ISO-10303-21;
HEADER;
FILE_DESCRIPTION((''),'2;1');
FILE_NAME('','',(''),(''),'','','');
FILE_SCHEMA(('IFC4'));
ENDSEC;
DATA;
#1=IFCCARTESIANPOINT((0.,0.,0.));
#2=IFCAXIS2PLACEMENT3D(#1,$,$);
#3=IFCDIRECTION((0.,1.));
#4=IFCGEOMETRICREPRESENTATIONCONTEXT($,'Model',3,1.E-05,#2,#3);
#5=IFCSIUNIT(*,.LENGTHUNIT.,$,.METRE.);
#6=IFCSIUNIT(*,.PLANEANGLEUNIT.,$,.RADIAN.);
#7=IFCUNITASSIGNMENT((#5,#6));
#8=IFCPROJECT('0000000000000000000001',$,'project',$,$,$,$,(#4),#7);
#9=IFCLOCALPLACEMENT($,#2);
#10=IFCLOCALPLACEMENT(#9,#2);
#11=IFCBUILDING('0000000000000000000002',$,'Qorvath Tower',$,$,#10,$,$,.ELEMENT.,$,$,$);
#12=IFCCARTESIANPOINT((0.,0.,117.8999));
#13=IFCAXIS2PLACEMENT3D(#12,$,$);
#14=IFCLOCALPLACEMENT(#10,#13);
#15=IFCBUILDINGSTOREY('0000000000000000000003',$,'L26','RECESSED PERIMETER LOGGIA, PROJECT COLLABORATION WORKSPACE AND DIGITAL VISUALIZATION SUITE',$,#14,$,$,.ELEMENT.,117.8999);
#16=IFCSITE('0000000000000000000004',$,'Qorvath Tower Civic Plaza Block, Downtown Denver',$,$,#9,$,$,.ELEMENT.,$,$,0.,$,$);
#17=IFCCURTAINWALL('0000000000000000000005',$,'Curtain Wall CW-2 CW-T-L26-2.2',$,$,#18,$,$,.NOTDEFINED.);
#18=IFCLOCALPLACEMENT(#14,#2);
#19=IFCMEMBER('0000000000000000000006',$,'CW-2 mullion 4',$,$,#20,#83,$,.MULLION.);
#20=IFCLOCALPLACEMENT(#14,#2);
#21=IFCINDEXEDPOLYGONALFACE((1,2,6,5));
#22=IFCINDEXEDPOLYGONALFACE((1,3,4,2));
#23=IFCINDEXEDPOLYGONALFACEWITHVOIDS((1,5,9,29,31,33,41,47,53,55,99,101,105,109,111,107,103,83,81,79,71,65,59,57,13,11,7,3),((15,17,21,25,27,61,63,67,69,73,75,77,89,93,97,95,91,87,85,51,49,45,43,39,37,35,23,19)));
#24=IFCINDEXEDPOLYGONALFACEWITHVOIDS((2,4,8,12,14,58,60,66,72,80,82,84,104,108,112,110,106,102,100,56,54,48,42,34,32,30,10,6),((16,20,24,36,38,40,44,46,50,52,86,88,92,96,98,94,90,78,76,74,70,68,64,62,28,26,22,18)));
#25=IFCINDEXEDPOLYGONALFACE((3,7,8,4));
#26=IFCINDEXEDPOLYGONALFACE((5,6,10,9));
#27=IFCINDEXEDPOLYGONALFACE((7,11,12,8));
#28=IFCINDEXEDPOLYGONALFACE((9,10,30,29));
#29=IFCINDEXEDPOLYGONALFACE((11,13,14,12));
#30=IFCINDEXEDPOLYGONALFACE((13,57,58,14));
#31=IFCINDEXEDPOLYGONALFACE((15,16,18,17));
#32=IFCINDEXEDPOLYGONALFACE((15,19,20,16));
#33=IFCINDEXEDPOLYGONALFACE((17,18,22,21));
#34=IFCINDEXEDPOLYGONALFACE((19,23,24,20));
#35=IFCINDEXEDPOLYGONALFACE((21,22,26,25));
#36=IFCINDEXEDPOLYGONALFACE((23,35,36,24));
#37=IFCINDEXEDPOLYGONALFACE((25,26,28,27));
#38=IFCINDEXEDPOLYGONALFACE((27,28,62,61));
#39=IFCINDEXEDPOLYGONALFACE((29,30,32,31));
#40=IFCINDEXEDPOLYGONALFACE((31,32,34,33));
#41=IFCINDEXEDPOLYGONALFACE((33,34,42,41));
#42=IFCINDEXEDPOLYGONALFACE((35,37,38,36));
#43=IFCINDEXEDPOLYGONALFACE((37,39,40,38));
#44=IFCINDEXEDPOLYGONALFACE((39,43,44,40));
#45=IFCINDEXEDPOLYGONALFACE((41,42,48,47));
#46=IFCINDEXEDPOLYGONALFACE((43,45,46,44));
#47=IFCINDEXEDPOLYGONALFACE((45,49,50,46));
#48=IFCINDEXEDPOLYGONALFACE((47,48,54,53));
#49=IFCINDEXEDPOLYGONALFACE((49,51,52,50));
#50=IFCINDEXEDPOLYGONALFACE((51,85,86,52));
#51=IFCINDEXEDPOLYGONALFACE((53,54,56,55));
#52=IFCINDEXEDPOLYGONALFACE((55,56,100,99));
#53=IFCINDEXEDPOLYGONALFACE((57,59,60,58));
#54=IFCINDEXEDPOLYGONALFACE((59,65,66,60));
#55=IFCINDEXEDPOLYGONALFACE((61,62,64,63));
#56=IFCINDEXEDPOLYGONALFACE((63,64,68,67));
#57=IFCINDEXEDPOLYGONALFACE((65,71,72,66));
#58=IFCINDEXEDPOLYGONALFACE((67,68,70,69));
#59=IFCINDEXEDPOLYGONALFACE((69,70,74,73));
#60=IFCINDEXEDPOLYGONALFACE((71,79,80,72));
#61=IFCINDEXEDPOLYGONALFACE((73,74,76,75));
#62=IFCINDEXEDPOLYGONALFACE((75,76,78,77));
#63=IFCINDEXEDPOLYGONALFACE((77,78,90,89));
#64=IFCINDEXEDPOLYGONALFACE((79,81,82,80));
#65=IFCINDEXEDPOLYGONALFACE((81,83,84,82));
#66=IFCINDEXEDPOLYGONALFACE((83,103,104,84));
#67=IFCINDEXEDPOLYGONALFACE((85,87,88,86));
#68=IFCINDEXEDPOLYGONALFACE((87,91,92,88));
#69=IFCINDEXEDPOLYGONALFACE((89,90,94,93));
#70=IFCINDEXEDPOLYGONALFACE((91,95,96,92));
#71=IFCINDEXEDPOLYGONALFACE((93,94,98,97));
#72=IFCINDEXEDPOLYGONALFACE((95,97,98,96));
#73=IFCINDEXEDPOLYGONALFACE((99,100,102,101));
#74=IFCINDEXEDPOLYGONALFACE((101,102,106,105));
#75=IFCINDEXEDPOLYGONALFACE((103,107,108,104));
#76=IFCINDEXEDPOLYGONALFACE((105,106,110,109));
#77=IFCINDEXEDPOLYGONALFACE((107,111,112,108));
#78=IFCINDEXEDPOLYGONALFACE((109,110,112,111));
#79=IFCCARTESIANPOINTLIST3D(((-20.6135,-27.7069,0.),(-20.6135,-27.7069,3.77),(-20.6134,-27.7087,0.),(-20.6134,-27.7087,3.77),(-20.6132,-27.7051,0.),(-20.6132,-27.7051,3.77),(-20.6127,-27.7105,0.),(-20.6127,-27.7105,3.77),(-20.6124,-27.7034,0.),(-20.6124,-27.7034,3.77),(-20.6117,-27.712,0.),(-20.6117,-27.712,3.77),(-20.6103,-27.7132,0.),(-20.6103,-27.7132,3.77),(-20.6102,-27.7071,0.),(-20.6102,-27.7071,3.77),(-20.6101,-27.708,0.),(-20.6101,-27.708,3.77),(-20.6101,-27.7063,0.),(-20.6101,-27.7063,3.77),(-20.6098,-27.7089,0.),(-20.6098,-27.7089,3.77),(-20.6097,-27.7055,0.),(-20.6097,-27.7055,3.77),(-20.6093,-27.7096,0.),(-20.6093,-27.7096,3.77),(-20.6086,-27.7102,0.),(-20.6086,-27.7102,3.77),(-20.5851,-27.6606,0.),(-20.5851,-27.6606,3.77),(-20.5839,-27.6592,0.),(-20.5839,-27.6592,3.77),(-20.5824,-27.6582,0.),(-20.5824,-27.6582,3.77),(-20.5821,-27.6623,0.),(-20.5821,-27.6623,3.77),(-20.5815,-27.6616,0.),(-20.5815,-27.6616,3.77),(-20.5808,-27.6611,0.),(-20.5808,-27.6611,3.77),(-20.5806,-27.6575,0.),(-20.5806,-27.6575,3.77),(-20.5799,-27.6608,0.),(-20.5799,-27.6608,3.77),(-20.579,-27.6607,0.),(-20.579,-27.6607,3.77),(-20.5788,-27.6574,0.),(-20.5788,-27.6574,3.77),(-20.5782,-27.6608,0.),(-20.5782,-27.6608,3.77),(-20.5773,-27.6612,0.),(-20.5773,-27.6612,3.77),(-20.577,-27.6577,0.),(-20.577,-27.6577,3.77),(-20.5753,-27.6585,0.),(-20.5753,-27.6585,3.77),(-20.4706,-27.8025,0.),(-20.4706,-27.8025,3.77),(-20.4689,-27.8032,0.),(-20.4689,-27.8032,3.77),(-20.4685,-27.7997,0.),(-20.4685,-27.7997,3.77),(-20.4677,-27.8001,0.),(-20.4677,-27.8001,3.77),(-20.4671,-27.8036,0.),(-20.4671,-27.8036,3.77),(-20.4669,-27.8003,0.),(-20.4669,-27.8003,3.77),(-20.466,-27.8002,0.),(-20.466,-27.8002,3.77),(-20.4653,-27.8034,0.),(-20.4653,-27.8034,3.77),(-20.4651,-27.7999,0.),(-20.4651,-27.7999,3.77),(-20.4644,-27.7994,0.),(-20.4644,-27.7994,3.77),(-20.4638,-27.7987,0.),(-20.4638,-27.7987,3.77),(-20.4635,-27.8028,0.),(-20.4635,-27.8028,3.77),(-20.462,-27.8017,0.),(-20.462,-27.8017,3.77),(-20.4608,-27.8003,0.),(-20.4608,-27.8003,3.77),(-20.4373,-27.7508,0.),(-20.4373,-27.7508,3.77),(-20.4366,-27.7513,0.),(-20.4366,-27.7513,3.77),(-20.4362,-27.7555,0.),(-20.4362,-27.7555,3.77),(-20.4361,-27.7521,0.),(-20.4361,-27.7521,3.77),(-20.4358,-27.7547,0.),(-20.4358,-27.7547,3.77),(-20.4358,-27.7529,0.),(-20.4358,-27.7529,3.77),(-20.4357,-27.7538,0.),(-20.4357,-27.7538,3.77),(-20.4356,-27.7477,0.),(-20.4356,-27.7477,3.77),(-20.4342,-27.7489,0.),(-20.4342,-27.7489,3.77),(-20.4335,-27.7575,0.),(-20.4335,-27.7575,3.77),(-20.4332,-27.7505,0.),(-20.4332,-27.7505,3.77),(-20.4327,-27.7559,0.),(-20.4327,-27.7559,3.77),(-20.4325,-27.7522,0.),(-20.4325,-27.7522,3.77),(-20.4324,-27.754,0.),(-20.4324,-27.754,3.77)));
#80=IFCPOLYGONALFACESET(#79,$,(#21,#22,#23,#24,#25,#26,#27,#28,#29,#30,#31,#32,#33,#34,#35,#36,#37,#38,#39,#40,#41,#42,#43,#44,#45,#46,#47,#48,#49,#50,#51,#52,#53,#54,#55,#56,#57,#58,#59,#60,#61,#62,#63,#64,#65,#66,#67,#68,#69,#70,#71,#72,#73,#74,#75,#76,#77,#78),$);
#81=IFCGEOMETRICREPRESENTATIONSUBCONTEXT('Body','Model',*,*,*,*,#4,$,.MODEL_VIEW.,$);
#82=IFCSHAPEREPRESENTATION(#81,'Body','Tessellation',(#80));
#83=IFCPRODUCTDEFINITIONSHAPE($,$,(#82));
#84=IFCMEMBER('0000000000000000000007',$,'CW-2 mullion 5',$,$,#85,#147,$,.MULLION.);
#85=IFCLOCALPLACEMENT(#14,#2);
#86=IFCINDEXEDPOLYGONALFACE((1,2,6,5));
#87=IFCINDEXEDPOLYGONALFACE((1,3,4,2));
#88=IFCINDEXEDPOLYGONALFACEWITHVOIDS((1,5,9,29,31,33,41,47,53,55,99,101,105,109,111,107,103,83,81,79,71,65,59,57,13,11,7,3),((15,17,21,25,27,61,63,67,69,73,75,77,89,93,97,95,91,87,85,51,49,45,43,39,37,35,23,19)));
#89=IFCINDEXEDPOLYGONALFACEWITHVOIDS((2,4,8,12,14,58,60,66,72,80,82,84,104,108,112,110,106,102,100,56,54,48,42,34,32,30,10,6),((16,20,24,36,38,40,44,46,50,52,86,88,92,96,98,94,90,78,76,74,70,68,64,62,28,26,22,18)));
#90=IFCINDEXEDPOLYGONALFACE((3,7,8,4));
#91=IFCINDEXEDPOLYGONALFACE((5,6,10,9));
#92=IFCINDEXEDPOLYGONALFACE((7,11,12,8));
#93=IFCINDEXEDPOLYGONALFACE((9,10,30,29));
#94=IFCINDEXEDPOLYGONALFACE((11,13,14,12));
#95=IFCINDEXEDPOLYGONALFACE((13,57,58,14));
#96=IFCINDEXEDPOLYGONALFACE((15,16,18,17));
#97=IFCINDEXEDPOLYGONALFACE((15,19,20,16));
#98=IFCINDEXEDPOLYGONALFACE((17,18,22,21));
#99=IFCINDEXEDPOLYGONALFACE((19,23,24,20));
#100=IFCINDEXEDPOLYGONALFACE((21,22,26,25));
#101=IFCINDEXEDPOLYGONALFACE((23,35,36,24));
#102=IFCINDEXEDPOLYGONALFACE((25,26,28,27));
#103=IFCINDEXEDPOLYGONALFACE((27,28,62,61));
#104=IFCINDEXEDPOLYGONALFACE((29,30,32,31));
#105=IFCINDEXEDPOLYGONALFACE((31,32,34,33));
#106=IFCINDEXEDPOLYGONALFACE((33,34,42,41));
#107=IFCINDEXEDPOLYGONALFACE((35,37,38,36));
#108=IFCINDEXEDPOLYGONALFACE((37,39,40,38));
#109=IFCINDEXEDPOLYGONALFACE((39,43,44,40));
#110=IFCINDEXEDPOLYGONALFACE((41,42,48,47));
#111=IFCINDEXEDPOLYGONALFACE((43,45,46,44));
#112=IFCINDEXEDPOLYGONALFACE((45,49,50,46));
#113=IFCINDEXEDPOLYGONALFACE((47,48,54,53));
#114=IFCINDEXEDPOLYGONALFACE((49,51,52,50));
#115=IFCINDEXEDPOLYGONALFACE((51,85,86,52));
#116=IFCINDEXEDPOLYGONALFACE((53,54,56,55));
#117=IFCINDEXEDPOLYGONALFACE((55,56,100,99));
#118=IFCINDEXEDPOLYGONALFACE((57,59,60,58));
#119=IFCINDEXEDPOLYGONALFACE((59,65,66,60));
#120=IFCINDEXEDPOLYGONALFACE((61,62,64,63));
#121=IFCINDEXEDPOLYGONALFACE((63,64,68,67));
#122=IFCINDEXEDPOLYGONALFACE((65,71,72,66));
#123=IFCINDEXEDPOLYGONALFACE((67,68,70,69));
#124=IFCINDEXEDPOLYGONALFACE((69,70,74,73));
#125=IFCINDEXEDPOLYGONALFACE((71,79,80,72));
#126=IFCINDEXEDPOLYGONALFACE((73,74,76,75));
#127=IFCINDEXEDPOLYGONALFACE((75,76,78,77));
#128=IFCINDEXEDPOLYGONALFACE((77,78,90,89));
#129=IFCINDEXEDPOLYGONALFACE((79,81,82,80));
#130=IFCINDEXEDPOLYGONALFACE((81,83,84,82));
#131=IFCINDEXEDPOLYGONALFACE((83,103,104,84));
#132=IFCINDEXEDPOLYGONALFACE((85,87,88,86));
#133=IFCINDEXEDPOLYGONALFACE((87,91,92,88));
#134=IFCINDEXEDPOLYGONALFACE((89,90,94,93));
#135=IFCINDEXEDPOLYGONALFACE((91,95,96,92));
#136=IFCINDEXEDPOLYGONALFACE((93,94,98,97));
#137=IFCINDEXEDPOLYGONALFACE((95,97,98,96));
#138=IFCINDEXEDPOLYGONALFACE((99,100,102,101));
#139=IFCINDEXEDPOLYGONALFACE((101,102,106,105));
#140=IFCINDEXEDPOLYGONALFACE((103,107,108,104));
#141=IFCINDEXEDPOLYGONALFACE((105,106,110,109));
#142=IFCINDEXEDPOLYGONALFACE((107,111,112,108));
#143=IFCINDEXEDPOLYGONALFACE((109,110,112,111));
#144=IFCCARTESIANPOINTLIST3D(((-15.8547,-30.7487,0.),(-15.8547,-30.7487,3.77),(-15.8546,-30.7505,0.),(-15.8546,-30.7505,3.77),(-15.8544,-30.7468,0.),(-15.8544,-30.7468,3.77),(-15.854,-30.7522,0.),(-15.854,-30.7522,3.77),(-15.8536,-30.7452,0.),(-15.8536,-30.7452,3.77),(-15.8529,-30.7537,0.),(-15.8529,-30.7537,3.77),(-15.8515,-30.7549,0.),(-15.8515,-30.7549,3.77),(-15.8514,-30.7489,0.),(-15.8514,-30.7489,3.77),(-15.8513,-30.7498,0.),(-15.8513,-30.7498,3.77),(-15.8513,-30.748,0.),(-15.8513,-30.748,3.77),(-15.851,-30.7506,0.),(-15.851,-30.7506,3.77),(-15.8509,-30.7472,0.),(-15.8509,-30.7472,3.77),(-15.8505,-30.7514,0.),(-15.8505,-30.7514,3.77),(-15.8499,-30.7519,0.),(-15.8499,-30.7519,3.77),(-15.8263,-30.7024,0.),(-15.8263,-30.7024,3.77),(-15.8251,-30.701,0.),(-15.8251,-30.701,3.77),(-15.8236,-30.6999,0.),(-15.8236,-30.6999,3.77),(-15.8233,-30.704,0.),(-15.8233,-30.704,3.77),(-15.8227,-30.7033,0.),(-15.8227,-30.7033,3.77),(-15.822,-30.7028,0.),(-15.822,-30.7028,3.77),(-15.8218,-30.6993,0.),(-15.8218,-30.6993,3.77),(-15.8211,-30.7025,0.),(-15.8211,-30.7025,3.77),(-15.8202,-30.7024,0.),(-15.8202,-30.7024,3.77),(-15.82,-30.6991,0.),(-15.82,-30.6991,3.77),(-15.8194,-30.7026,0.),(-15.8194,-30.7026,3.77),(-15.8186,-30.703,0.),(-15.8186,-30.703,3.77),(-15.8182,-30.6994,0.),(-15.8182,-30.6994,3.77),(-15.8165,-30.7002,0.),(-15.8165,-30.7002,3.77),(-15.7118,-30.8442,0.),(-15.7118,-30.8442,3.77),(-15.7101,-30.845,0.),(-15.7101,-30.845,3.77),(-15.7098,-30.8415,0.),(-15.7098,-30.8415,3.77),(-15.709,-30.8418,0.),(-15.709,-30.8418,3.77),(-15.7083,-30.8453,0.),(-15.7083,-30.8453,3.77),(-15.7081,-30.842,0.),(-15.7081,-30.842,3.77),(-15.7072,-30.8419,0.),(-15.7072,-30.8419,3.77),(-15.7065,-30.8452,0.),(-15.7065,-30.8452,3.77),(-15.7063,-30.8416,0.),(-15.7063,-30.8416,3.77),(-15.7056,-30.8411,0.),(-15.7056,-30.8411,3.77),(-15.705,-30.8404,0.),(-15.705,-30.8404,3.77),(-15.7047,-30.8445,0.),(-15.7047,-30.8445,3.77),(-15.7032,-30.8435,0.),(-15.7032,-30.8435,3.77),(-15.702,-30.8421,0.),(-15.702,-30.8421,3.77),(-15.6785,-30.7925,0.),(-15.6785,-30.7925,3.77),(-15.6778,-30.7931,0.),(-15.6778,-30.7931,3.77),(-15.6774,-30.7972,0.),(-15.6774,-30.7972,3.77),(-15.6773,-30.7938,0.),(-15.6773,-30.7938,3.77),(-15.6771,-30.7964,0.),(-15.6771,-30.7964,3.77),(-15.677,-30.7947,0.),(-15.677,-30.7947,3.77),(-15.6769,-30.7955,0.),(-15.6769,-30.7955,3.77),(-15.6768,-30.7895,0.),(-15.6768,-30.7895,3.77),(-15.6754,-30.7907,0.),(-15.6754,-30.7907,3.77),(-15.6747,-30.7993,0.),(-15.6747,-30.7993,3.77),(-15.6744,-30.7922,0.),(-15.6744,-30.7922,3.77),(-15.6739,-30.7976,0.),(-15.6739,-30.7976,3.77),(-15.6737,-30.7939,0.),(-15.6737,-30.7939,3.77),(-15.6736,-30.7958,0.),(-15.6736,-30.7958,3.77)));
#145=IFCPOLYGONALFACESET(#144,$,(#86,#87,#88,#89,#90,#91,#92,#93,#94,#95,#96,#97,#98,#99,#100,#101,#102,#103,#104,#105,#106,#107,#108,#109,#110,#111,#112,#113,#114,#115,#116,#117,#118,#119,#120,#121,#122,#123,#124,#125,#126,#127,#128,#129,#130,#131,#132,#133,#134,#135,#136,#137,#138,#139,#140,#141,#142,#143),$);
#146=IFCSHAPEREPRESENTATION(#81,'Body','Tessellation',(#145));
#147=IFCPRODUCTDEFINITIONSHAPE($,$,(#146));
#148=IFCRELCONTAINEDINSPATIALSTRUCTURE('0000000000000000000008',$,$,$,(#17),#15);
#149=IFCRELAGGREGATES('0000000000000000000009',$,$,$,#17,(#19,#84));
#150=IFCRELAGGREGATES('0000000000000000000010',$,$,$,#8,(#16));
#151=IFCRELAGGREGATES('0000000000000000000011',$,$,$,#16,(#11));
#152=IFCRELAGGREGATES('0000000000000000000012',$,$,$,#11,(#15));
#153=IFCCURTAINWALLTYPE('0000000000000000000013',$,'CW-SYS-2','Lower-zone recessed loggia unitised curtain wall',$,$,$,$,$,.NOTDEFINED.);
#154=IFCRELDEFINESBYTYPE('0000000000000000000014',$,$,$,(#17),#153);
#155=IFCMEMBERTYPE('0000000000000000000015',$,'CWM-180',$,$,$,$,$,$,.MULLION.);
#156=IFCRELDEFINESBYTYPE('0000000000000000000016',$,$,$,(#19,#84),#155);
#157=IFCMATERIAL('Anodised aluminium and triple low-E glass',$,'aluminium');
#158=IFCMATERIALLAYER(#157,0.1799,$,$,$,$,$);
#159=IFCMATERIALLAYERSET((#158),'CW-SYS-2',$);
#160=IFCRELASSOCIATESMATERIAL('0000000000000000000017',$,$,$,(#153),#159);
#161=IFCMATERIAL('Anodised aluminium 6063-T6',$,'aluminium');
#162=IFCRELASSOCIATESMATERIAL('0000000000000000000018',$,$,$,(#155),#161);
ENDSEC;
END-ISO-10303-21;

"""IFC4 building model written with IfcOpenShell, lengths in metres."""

from ifc_helpers import new_model, si_unit, direction, frame, origin, origin_2d, place, context, subcontext, project, spatial, hollow_rectangle, extrude, material, layer, layer_set, material_profile, profile_set, type_object, element, aggregate, save


model = new_model("IFC4")

# Units and contexts
model_context = context("Model", 3, precision=1e-05, world=origin(), true_north=direction((0.0, 1.0)))
body_context = subcontext(model_context, "Body", "Model", "MODEL_VIEW")
ifc_project = project(units=[si_unit("LENGTHUNIT", "METRE"), si_unit("PLANEANGLEUNIT", "RADIAN")], contexts=[model_context])

# Site, building, storey
site_placement = place(None, origin())
site = spatial("IfcSite", under=ifc_project, at=site_placement, Name="Qorvath Tower Civic Plaza Block, Downtown Denver", CompositionType="ELEMENT", RefElevation=0.0)
building_placement = place(site_placement, origin())
building = spatial("IfcBuilding", under=site, at=building_placement, Name="Qorvath Tower", CompositionType="ELEMENT")
storey_placement = place(building_placement, frame((0.0, 0.0, 117.8999)))
storey = spatial("IfcBuildingStorey", under=building, at=storey_placement, Name="L26", Description="RECESSED PERIMETER LOGGIA, PROJECT COLLABORATION WORKSPACE AND DIGITAL VISUALIZATION SUITE", CompositionType="ELEMENT", Elevation=117.8999)

# Curtain wall, members
ifc_material_1 = material(Name="Anodised aluminium and triple low-E glass", Category="aluminium")
ifc_layer_1 = layer(ifc_material_1, 0.1799)
ifc_layer_set_1 = layer_set([ifc_layer_1], Name="CW-SYS-2")
curtain_wall_type = type_object("IfcCurtainWallType", Name="CW-SYS-2", Description="Lower-zone recessed loggia unitised curtain wall", PredefinedType="NOTDEFINED", material=ifc_layer_set_1)
curtain_wall_1_placement = place(storey_placement, origin())
curtain_wall_1 = element("IfcCurtainWall", 1, at=curtain_wall_1_placement, inside=storey, type_object=curtain_wall_type, Name="Curtain Wall CW-2 CW-T-L26-2.2", PredefinedType="NOTDEFINED")
ifc_material_2 = material(Name="Anodised aluminium 6063-T6", Category="aluminium")
ifc_material_profile_1 = material_profile(ifc_material_2, hollow_rectangle(XDim=0.0649, YDim=0.1799, WallThickness=0.0034, InnerFilletRadius=0.0034, OuterFilletRadius=0.0071, at=origin_2d()), Name="CWM 180x65")
ifc_profile_set_1 = profile_set([ifc_material_profile_1], Name="Anodised aluminium 6063-T6")
member_type_1 = type_object("IfcMemberType", Name="CWM-180", PredefinedType="MULLION", material=ifc_profile_set_1)
member_1_placement = place(storey_placement, frame((-20.5229, -27.7305, 0.0), z_axis=(0.0, 0.0, 1.0), x_axis=(0.538536, 0.842602, 0.0)))
member_1 = element("IfcMember", 2, at=member_1_placement, type_object=member_type_1, Name="CW-2 mullion 4", PredefinedType="MULLION", context=body_context, shape_type="SweptSolid", body=[
    extrude(hollow_rectangle(XDim=0.0649, YDim=0.1799, WallThickness=0.0034, InnerFilletRadius=0.0034, OuterFilletRadius=0.0071, at=origin_2d()), origin(), (0.0, 0.0, 1.0), 3.77),
])
member_2_placement = place(storey_placement, frame((-15.7642, -30.7722, 0.0), z_axis=(0.0, 0.0, 1.0), x_axis=(0.538536, 0.842602, 0.0)))
member_2 = element("IfcMember", 3, at=member_2_placement, type_object=member_type_1, Name="CW-2 mullion 5", PredefinedType="MULLION", context=body_context, shape_type="SweptSolid", body=[
    extrude(hollow_rectangle(XDim=0.0649, YDim=0.1799, WallThickness=0.0034, InnerFilletRadius=0.0034, OuterFilletRadius=0.0071, at=origin_2d()), origin(), (0.0, 0.0, 1.0), 3.77),
])

aggregate(curtain_wall_1, [member_1, member_2])

save(model, "model.ifc")
